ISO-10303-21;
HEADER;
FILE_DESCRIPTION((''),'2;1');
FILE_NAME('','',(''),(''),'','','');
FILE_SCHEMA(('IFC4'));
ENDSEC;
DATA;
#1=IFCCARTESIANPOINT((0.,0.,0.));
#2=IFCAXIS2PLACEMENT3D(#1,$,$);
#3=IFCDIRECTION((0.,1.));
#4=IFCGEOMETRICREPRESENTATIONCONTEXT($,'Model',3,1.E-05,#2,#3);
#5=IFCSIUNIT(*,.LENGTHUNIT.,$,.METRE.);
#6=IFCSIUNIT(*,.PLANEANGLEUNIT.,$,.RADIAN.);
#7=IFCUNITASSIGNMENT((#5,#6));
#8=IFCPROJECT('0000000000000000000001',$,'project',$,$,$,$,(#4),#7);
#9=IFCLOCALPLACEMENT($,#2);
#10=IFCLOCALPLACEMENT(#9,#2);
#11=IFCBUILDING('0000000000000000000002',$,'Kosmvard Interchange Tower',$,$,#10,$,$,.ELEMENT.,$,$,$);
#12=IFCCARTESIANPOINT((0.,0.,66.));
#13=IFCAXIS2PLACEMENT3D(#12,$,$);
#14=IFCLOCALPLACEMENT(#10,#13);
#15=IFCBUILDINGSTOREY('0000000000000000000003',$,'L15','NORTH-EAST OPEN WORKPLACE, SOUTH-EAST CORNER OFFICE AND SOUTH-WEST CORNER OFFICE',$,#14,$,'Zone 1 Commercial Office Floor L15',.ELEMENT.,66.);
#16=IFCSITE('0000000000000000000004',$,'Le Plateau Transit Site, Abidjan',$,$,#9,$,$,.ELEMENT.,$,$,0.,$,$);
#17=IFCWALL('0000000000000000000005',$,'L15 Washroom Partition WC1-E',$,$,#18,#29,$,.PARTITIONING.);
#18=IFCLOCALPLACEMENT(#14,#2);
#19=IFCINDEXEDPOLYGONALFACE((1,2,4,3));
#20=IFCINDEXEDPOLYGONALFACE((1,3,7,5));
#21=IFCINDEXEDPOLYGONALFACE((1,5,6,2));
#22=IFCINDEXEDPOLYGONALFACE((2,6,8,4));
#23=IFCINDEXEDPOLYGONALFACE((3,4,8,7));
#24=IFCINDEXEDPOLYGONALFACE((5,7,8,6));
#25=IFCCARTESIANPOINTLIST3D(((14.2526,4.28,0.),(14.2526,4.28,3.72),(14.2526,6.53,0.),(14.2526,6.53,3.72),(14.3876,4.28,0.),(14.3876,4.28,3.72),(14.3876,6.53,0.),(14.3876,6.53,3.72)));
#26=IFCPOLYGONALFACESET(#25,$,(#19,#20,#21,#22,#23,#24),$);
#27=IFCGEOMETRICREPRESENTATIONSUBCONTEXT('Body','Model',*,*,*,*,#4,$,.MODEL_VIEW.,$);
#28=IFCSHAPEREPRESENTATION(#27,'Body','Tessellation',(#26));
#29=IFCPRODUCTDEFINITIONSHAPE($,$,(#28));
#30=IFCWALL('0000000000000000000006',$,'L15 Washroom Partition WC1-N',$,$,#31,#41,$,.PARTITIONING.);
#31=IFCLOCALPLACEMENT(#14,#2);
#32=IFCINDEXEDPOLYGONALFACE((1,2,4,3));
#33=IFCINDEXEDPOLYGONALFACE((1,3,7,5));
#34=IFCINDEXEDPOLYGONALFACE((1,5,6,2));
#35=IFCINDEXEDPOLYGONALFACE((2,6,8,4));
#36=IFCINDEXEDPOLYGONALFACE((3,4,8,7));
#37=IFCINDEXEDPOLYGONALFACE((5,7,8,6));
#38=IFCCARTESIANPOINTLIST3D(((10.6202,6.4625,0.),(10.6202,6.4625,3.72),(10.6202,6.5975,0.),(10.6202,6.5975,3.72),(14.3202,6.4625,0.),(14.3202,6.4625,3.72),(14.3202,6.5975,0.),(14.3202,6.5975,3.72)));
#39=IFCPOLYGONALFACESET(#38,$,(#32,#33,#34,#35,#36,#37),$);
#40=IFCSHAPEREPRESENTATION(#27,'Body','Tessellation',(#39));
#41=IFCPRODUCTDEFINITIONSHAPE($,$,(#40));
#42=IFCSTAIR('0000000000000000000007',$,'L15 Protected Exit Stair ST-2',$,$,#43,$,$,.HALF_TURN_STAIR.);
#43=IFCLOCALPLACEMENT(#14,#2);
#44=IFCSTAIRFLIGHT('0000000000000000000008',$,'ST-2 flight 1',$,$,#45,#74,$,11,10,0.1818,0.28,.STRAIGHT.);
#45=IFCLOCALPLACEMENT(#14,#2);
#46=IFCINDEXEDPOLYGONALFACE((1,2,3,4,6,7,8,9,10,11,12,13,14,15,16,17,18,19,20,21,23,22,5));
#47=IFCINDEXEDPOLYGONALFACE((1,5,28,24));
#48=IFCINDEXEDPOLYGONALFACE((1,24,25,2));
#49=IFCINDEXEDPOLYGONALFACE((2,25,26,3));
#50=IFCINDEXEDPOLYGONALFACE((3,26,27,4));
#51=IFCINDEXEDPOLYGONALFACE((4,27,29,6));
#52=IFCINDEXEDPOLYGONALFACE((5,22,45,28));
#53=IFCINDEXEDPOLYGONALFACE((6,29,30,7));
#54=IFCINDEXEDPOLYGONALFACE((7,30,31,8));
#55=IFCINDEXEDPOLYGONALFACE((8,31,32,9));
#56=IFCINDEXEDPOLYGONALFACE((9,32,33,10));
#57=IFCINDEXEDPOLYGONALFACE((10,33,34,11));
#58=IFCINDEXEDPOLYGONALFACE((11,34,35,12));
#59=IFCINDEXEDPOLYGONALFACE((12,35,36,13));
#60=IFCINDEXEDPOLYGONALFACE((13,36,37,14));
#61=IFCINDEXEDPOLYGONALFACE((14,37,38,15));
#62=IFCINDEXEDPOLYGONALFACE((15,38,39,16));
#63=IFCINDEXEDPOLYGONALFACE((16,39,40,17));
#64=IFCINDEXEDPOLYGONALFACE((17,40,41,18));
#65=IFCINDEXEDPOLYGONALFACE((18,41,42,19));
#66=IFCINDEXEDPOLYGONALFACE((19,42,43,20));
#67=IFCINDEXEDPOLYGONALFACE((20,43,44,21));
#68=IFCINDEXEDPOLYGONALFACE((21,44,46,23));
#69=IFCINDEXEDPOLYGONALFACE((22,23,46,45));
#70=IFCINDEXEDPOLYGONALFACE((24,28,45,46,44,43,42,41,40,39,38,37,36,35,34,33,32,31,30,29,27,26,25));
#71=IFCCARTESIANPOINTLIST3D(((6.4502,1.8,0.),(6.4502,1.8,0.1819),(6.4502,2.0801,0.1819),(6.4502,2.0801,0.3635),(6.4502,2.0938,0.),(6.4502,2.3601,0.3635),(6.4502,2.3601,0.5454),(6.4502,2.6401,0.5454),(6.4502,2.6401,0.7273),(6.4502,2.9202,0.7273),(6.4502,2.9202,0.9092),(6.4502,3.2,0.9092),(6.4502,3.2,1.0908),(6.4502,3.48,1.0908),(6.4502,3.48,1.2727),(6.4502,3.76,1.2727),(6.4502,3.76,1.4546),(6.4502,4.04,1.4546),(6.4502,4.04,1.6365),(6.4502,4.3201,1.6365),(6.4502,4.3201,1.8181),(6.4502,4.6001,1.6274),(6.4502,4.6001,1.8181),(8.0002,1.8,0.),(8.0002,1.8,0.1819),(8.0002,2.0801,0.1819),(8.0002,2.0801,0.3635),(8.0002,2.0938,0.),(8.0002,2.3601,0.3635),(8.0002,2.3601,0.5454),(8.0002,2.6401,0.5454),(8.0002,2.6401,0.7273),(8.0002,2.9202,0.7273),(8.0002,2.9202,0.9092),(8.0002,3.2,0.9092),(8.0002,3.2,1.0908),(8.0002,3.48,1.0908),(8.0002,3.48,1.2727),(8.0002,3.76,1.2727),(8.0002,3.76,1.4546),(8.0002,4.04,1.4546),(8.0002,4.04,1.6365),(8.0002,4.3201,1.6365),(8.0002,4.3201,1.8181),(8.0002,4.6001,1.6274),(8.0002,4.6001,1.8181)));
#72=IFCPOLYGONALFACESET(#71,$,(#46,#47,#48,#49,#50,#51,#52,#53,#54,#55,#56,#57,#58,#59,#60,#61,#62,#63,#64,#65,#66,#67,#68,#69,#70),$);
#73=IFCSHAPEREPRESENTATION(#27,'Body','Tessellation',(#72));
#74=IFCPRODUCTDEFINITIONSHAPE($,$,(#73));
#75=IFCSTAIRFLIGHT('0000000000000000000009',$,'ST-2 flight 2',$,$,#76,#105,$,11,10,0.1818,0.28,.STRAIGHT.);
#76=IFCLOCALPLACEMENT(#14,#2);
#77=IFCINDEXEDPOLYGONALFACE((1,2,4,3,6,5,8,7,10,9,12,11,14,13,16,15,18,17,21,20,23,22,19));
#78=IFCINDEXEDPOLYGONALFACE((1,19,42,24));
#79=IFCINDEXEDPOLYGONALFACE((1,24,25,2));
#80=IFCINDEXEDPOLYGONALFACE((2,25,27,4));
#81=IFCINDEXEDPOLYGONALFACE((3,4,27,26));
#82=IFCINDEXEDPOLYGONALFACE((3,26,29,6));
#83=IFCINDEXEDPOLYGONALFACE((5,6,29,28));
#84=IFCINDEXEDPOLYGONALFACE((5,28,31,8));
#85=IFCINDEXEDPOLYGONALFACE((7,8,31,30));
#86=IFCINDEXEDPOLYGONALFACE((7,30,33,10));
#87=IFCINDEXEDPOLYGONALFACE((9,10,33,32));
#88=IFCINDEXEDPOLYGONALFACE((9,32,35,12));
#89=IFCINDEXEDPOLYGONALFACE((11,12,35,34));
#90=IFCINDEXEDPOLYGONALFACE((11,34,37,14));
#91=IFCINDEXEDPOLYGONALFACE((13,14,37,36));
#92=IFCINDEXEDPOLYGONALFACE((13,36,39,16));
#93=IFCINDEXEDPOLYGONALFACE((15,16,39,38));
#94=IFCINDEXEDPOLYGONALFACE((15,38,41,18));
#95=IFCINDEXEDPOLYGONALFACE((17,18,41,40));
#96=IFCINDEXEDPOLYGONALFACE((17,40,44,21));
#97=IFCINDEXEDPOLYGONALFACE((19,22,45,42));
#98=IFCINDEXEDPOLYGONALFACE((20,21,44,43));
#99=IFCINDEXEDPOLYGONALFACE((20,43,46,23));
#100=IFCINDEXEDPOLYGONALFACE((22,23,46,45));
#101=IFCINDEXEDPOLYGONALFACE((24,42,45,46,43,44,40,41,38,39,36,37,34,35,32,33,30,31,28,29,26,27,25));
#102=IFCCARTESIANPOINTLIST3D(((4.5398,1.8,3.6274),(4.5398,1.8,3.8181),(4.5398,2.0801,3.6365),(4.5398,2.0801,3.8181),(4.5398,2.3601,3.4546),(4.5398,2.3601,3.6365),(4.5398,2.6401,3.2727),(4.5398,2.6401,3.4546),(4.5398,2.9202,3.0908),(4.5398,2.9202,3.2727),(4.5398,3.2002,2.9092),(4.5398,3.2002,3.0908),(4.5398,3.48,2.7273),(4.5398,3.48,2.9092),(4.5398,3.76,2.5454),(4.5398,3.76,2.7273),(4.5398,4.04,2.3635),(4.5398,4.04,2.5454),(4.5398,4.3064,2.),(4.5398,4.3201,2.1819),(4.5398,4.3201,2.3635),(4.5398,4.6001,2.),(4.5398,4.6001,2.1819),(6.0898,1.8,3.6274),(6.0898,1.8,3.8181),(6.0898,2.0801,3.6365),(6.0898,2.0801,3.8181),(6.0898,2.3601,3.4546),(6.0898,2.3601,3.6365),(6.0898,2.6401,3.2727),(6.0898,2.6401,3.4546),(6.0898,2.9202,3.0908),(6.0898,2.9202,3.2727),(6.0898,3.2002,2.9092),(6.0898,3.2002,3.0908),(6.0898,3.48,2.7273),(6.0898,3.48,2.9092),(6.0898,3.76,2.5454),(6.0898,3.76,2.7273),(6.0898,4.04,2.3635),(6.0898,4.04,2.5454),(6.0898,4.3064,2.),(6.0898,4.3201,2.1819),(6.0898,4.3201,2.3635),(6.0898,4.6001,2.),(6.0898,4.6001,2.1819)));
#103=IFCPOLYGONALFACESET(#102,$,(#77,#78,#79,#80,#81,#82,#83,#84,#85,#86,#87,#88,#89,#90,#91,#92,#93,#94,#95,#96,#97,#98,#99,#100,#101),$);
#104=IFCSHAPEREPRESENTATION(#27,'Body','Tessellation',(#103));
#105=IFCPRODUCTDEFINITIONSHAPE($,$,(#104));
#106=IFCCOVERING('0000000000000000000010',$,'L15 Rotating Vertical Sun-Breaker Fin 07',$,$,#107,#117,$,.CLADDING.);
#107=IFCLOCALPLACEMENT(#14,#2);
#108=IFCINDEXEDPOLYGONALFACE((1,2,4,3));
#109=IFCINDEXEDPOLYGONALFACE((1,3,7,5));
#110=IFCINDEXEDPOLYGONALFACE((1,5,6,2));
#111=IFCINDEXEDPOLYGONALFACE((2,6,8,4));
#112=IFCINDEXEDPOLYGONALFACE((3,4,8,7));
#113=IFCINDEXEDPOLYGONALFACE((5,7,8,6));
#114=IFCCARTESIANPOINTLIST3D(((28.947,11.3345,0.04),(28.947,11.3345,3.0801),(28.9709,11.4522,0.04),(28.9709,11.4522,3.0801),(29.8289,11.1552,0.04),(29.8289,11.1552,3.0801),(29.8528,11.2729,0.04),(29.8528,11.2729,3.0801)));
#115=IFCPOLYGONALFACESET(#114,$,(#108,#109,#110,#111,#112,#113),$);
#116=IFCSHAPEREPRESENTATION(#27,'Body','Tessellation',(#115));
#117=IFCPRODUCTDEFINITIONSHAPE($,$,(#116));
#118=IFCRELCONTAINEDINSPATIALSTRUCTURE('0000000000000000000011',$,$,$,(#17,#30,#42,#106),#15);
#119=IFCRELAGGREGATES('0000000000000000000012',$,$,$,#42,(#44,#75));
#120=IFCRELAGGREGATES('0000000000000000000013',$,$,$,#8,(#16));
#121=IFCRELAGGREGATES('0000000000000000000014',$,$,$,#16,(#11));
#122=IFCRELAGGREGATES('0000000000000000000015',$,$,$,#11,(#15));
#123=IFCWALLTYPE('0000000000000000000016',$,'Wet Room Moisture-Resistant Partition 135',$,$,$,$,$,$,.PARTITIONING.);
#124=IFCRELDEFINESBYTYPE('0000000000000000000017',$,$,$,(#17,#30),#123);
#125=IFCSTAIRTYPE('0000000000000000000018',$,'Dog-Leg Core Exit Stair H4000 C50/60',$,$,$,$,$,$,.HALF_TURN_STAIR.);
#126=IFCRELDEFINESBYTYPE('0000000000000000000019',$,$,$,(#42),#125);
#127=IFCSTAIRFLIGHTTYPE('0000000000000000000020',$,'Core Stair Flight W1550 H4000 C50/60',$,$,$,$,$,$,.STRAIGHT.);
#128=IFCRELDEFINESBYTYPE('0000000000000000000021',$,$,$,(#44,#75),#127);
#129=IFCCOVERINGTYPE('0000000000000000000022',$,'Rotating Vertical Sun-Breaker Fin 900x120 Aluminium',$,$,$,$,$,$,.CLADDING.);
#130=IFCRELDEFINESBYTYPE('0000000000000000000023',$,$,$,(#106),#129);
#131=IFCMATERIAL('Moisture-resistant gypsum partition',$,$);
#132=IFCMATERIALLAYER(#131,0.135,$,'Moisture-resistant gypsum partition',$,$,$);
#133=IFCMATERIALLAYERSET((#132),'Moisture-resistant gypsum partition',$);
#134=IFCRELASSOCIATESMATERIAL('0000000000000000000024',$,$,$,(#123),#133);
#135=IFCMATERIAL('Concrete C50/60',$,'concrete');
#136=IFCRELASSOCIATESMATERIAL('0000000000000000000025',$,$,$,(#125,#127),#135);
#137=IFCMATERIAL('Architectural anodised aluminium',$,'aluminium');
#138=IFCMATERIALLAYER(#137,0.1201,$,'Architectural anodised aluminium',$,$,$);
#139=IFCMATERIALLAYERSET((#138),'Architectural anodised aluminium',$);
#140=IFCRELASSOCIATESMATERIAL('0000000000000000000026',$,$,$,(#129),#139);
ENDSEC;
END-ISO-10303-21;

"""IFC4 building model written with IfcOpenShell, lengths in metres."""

from ifc_helpers import new_model, si_unit, direction, frame, frame_2d, origin, origin_2d, place, context, subcontext, project, spatial, polyline, rectangle, outline, extrude, source, transform, mapped, material, layer, layer_set, type_object, element, aggregate, save


model = new_model("IFC4")

# Units and contexts
model_context = context("Model", 3, precision=1e-05, world=origin(), true_north=direction((0.0, 1.0)))
body_context = subcontext(model_context, "Body", "Model", "MODEL_VIEW")
ifc_project = project(units=[si_unit("LENGTHUNIT", "METRE"), si_unit("PLANEANGLEUNIT", "RADIAN")], contexts=[model_context])

# Site, building, storey
site_placement = place(None, origin())
site = spatial("IfcSite", under=ifc_project, at=site_placement, Name="Le Plateau Transit Site, Abidjan", CompositionType="ELEMENT", RefElevation=0.0)
building_placement = place(site_placement, origin())
building = spatial("IfcBuilding", under=site, at=building_placement, Name="Kosmvard Interchange Tower", CompositionType="ELEMENT")
storey_placement = place(building_placement, frame((0.0, 0.0, 66.0)))
storey = spatial("IfcBuildingStorey", under=building, at=storey_placement, Name="L15", Description="NORTH-EAST OPEN WORKPLACE, SOUTH-EAST CORNER OFFICE AND SOUTH-WEST CORNER OFFICE", LongName="Zone 1 Commercial Office Floor L15", CompositionType="ELEMENT", Elevation=66.0)

# Walls
ifc_material_1 = material(Name="Moisture-resistant gypsum partition")
ifc_layer_1 = layer(ifc_material_1, 0.135, Name="Moisture-resistant gypsum partition")
ifc_layer_set_1 = layer_set([ifc_layer_1], Name="Moisture-resistant gypsum partition")
wall_type_1 = type_object("IfcWallType", Name="Wet Room Moisture-Resistant Partition 135", PredefinedType="PARTITIONING", material=ifc_layer_set_1)
wall_1_placement = place(storey_placement, frame((14.3201, 4.28, 0.0), z_axis=(0.0, 0.0, 1.0), x_axis=(0.0, 1.0, 0.0)))
element("IfcWall", 1, at=wall_1_placement, inside=storey, type_object=wall_type_1, Name="L15 Washroom Partition WC1-E", PredefinedType="PARTITIONING", context=body_context, shape_type="SweptSolid", body=[
    extrude(rectangle(XDim=2.25, YDim=0.135, at=frame_2d((1.125, 0.0))), origin(), (0.0, 0.0, 1.0), 3.72),
])
wall_2_placement = place(storey_placement, frame((10.6201, 6.53, 0.0), z_axis=(0.0, 0.0, 1.0), x_axis=(1.0, 0.0, 0.0)))
element("IfcWall", 2, at=wall_2_placement, inside=storey, type_object=wall_type_1, Name="L15 Washroom Partition WC1-N", PredefinedType="PARTITIONING", context=body_context, shape_type="SweptSolid", body=[
    extrude(rectangle(XDim=3.7, YDim=0.135, at=frame_2d((1.8501, 0.0))), origin(), (0.0, 0.0, 1.0), 3.72),
])

# Stair, stair flights
ifc_material_2 = material(Name="Concrete C50/60", Category="concrete")
stair_type = type_object("IfcStairType", Name="Dog-Leg Core Exit Stair H4000 C50/60", PredefinedType="HALF_TURN_STAIR", material=ifc_material_2)
stair_placement = place(storey_placement, origin())
stair = element("IfcStair", 3, at=stair_placement, inside=storey, type_object=stair_type, Name="L15 Protected Exit Stair ST-2", PredefinedType="HALF_TURN_STAIR")
stair_flight_type = type_object("IfcStairFlightType", Name="Core Stair Flight W1550 H4000 C50/60", PredefinedType="STRAIGHT", material=ifc_material_2)
shared_shape_1 = source(origin(), body_context, "Body", "SweptSolid", [
    extrude(outline(polyline([(0.0, 0.0), (0.0, 0.1819), (0.28, 0.1819), (0.28, 0.3635), (0.5601, 0.3635), (0.5601, 0.5454), (0.8401, 0.5454), (0.8401, 0.7273), (1.1201, 0.7273), (1.1201, 0.9092), (1.3999, 0.9092), (1.3999, 1.0908), (1.6799, 1.0908), (1.6799, 1.2727), (1.96, 1.2727), (1.96, 1.4546), (2.24, 1.4546), (2.24, 1.6365), (2.52, 1.6365), (2.52, 1.8181), (2.8, 1.8181), (2.8, 2.0), (2.8, 1.6274), (0.2937, 0.0), (0.0, 0.0)])), frame((0.0, 0.7749, 0.0), z_axis=(0.0, -1.0, 0.0), x_axis=(1.0, 0.0, 0.0)), (0.0, 0.0, 1.0), 1.55),
])
stair_flight_1_placement = place(storey_placement, frame((7.2251, 1.8, 0.0), z_axis=(0.0, 0.0, 1.0), x_axis=(0.0, 1.0, 0.0)))
stair_flight_1 = element("IfcStairFlight", 4, at=stair_flight_1_placement, type_object=stair_flight_type, Name="ST-2 flight 1", NumberOfRisers=11, NumberOfTreads=10, PredefinedType="STRAIGHT", RiserHeight=0.1818, TreadLength=0.28, context=body_context, shape_type="MappedRepresentation", body=[
    mapped(shared_shape_1, transform((0.0, 0.0, 0.0), scale=1.0)),
])
stair_flight_2_placement = place(storey_placement, frame((5.3149, 4.6001, 2.0), z_axis=(0.0, 0.0, 1.0), x_axis=(0.0, -1.0, 0.0)))
stair_flight_2 = element("IfcStairFlight", 5, at=stair_flight_2_placement, type_object=stair_flight_type, Name="ST-2 flight 2", NumberOfRisers=11, NumberOfTreads=10, PredefinedType="STRAIGHT", RiserHeight=0.1818, TreadLength=0.28, context=body_context, shape_type="MappedRepresentation", body=[
    mapped(shared_shape_1, transform((0.0, 0.0, 0.0), scale=1.0)),
])
aggregate(stair, [stair_flight_1, stair_flight_2])

# Covering
ifc_material_3 = material(Name="Architectural anodised aluminium", Category="aluminium")
ifc_layer_2 = layer(ifc_material_3, 0.1201, Name="Architectural anodised aluminium")
ifc_layer_set_2 = layer_set([ifc_layer_2], Name="Architectural anodised aluminium")
covering_type = type_object("IfcCoveringType", Name="Rotating Vertical Sun-Breaker Fin 900x120 Aluminium", PredefinedType="CLADDING", material=ifc_layer_set_2)
shared_shape_2 = source(origin(), body_context, "Body", "SweptSolid", [
    extrude(rectangle(XDim=0.8999, YDim=0.1201, at=origin_2d()), origin(), (0.0, 0.0, 1.0), 3.04),
])
covering_placement = place(storey_placement, frame((29.3999, 11.3037, 0.04), z_axis=(0.0, 0.0, 1.0), x_axis=(0.979959, -0.199197, 0.0)))
element("IfcCovering", 6, at=covering_placement, inside=storey, type_object=covering_type, Name="L15 Rotating Vertical Sun-Breaker Fin 07", PredefinedType="CLADDING", context=body_context, shape_type="MappedRepresentation", body=[
    mapped(shared_shape_2, transform((0.0, 0.0, 0.0), scale=1.0)),
])

save(model, "model.ifc")
